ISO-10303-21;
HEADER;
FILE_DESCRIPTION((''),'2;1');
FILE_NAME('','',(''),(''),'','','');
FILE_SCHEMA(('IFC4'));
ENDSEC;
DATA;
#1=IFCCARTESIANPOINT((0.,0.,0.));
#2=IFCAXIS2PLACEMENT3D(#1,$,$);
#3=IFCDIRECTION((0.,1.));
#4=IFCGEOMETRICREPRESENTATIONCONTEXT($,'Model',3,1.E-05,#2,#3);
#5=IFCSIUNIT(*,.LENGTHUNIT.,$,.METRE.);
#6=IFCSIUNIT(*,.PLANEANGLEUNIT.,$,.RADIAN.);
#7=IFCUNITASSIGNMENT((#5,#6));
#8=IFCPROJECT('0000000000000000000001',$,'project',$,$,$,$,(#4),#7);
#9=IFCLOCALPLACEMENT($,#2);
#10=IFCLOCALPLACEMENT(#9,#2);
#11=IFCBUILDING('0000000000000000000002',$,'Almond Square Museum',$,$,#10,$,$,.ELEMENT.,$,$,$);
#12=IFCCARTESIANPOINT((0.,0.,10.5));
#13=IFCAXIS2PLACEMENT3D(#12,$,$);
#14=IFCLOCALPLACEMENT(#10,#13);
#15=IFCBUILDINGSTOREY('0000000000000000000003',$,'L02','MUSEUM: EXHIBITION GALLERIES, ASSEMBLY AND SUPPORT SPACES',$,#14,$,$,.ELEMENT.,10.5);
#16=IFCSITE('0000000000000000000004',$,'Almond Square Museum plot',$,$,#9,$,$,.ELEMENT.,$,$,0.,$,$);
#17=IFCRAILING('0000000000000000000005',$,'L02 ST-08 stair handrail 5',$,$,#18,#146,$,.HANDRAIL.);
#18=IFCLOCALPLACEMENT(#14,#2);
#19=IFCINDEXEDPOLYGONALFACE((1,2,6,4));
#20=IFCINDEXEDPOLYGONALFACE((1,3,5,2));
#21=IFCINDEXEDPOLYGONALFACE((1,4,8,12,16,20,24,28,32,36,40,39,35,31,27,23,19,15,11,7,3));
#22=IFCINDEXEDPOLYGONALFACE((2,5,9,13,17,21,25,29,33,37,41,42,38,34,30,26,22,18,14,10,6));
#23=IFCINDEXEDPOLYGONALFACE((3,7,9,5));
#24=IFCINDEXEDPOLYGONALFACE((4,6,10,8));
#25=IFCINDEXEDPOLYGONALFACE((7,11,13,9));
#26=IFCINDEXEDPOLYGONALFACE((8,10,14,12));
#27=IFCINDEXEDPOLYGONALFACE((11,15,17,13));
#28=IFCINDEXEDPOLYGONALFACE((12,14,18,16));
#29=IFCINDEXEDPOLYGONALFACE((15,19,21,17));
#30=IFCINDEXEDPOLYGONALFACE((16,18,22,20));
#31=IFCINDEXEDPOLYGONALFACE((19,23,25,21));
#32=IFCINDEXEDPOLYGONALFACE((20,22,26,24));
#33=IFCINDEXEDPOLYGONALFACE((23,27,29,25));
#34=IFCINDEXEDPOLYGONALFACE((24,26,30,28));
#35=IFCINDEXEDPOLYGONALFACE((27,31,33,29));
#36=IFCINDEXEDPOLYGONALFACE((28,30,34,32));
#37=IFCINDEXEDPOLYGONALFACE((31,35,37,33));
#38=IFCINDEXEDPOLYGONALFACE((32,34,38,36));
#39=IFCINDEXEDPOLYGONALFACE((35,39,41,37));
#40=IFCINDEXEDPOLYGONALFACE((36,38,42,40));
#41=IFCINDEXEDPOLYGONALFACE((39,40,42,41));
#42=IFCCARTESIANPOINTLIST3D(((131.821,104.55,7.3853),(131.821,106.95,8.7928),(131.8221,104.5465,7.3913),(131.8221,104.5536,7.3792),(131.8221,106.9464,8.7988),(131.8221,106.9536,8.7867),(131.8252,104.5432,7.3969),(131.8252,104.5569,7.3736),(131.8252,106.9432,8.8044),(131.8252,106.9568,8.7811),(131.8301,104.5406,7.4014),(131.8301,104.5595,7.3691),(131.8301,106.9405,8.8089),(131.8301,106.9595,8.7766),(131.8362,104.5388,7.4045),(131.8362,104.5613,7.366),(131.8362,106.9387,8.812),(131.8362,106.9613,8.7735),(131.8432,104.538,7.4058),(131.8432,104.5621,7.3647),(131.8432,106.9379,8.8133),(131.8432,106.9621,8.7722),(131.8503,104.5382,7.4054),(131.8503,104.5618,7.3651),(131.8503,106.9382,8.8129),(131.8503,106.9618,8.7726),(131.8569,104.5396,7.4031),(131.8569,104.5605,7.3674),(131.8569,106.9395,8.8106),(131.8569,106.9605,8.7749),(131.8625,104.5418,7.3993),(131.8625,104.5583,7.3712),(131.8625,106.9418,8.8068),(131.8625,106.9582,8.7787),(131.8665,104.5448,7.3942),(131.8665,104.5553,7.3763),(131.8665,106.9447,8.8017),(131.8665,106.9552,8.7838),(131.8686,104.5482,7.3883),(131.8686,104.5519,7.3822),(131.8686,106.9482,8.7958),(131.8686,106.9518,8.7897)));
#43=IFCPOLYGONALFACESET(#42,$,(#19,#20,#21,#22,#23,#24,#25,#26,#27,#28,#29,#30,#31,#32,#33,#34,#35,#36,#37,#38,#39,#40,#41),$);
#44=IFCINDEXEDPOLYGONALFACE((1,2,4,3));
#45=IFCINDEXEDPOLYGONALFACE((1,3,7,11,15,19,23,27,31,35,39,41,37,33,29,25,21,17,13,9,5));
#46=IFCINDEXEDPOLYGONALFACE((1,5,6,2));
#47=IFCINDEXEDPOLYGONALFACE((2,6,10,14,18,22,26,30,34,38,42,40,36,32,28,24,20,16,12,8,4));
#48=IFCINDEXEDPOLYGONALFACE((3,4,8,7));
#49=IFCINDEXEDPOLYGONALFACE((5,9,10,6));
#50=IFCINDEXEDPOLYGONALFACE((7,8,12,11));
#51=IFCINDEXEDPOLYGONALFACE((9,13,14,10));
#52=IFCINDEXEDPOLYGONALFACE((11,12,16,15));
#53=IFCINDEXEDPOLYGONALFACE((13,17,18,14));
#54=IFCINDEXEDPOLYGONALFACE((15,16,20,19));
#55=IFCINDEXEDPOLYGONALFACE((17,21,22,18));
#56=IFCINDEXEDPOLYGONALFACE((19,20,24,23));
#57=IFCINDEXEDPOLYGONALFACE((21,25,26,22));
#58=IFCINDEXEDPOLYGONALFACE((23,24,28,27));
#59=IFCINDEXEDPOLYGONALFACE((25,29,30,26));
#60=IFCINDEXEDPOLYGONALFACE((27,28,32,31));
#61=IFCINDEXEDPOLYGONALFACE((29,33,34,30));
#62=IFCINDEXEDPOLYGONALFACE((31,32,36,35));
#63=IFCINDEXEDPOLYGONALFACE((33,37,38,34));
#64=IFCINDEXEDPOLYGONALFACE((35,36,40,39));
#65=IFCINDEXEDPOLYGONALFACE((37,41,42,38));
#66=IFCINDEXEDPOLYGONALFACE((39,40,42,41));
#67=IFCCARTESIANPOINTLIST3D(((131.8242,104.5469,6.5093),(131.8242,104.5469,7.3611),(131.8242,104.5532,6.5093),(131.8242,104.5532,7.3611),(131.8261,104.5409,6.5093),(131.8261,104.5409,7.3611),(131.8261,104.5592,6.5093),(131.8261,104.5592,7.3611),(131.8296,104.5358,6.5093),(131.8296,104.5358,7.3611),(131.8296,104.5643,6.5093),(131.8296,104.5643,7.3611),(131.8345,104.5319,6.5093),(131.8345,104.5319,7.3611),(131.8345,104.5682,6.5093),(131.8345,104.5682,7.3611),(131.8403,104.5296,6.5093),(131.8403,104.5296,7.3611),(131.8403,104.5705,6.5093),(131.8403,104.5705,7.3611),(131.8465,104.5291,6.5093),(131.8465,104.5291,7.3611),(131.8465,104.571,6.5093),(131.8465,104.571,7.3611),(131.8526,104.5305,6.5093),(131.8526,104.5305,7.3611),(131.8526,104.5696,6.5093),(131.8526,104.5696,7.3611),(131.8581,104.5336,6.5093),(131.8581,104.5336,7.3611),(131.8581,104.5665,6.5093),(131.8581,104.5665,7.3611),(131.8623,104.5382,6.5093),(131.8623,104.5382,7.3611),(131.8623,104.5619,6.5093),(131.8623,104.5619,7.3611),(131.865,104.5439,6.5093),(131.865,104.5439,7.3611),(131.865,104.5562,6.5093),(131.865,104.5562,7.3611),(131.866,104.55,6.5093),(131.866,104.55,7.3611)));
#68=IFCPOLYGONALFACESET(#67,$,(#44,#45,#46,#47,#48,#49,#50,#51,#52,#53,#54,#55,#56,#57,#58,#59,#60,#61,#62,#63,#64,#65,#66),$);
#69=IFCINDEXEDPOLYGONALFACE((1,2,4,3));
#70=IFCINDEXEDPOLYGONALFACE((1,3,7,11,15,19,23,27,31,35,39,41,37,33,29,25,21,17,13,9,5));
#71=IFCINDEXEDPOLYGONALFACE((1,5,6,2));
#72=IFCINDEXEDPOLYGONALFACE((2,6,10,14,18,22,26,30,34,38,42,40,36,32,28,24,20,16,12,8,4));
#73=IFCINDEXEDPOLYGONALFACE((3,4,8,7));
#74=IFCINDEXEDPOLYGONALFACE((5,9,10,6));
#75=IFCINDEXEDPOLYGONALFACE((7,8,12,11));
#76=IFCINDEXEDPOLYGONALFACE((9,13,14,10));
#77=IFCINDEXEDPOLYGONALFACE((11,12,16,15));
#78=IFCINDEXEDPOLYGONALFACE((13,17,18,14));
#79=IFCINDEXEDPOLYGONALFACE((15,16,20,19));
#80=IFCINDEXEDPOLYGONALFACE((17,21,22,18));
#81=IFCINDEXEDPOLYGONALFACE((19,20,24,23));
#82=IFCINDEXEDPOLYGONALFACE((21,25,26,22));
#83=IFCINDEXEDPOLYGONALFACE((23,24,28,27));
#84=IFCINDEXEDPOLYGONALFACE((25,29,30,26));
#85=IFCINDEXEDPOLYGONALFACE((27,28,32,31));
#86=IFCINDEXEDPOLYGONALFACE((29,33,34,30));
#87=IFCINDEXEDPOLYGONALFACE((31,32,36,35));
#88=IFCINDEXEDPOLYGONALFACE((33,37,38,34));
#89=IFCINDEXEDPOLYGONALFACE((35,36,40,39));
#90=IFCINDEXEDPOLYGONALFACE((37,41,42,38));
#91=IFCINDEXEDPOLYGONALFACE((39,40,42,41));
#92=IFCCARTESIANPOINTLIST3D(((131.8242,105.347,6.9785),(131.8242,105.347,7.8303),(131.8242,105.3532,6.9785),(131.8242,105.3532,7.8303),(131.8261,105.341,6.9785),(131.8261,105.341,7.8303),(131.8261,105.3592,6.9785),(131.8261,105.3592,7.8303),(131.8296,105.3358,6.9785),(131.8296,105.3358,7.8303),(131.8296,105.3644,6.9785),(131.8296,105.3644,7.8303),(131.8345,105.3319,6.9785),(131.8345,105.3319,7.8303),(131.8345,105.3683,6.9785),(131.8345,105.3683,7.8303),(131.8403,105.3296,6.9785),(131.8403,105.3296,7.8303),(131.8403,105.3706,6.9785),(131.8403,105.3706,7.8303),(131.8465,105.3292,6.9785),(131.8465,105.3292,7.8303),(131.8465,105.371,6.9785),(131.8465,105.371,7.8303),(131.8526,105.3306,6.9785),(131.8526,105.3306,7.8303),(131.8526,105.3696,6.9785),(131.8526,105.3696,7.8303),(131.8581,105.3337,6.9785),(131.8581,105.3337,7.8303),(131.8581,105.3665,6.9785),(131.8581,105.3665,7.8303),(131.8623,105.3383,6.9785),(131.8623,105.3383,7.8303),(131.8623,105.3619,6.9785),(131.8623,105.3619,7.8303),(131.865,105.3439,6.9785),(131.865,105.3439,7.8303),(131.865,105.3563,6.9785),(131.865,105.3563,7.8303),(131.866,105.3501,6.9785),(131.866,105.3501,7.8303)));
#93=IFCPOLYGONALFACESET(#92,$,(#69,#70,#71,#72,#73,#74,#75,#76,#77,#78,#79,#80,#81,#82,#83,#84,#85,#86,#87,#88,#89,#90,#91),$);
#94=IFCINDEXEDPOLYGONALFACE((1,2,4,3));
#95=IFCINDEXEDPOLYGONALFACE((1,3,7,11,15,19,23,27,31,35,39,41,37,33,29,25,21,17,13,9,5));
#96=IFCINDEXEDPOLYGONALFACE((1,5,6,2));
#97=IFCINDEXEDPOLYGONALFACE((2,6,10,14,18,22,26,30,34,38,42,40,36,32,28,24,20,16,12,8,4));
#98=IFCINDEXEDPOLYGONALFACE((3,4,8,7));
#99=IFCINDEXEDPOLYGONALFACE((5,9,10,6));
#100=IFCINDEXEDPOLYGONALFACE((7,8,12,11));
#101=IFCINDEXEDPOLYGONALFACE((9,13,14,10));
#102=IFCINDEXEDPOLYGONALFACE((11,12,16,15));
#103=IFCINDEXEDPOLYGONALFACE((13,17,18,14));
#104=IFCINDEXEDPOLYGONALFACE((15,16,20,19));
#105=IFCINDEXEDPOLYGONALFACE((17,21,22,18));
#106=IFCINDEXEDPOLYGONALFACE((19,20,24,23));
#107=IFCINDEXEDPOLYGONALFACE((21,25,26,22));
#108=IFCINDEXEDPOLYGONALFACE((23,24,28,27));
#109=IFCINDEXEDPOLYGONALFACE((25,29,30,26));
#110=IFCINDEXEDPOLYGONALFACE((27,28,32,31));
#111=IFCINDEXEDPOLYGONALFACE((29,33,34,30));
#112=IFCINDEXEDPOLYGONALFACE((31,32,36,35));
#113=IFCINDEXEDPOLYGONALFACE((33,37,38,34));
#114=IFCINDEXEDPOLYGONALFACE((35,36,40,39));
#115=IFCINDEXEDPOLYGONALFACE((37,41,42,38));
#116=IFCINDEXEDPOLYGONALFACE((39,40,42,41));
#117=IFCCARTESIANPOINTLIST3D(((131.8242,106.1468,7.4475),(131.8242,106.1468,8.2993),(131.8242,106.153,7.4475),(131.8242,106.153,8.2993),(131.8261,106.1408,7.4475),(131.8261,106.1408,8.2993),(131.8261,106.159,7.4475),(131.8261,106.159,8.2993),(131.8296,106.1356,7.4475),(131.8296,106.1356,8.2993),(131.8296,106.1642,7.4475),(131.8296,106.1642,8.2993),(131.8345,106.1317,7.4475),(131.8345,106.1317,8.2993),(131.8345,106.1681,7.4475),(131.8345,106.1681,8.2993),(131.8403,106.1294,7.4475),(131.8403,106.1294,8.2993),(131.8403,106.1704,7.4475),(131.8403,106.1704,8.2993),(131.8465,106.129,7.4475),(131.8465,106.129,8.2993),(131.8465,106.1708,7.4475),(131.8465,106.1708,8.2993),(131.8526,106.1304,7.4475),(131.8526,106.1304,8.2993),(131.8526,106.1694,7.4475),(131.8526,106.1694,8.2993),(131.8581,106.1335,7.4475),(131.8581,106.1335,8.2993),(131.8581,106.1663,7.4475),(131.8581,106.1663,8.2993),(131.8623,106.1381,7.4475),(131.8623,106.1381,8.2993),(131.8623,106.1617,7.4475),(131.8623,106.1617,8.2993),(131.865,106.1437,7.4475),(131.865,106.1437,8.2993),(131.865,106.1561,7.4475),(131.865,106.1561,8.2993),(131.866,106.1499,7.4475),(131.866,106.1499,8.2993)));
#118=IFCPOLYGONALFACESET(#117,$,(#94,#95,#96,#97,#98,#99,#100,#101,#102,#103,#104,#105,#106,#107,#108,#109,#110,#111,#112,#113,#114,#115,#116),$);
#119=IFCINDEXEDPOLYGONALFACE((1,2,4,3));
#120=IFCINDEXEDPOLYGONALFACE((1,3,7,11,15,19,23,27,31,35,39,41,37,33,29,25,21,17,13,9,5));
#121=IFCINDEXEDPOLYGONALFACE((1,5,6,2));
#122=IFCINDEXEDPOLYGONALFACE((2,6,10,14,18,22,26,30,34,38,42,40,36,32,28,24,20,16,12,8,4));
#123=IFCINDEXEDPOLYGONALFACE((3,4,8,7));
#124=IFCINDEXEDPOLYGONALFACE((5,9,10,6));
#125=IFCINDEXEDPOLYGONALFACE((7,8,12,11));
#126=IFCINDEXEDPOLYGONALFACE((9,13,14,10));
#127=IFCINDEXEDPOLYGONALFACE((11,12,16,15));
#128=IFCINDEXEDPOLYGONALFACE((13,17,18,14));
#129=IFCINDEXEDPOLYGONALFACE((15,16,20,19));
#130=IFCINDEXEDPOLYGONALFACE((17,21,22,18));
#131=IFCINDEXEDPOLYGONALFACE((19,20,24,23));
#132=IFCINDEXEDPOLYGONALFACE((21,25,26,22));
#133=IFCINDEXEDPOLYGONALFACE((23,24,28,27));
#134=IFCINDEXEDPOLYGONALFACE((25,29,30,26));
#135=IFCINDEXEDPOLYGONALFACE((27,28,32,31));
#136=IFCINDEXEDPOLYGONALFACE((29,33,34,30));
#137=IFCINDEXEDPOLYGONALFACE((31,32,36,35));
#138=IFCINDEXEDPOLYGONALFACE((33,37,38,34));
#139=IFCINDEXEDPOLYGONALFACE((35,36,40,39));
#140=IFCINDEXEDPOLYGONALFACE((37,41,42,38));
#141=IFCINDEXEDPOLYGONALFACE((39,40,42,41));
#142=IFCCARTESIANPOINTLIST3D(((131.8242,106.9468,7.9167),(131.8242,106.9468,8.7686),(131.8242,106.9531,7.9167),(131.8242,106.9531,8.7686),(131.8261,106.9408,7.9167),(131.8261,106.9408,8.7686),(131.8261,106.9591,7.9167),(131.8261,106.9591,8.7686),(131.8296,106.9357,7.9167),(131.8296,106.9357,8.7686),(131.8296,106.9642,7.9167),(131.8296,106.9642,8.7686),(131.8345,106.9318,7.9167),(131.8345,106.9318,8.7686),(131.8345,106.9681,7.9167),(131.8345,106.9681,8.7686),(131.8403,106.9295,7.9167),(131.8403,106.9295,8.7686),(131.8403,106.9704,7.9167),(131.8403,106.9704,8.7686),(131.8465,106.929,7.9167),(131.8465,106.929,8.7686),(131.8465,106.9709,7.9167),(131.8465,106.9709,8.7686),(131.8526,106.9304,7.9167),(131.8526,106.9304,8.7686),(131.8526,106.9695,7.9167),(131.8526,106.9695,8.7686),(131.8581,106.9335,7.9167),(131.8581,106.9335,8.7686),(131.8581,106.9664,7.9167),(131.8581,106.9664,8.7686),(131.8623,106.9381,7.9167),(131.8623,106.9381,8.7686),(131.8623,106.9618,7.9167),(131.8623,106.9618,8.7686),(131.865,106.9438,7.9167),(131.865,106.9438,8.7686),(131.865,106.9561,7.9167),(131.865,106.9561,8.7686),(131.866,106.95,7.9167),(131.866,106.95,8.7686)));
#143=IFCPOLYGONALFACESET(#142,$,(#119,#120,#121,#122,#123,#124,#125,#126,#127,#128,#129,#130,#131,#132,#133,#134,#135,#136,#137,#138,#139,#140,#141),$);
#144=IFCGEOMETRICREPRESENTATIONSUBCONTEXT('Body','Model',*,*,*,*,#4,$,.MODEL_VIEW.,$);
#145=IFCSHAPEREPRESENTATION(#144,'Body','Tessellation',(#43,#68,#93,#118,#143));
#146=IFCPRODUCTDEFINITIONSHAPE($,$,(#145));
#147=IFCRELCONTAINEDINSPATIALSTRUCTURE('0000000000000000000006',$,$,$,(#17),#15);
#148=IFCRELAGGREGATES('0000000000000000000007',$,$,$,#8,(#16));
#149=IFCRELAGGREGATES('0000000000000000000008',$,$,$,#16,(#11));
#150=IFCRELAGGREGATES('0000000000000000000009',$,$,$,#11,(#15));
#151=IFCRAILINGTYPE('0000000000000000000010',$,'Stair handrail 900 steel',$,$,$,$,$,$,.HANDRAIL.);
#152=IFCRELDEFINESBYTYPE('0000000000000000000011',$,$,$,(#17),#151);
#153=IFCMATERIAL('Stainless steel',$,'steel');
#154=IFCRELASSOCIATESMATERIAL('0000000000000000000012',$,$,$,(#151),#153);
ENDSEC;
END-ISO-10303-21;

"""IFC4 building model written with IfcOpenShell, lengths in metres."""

from ifc_helpers import new_model, si_unit, direction, frame, origin, origin_2d, place, context, subcontext, project, spatial, circle, extrude, material, type_object, element, save


model = new_model("IFC4")

# Units and contexts
model_context = context("Model", 3, precision=1e-05, world=origin(), true_north=direction((0.0, 1.0)))
body_context = subcontext(model_context, "Body", "Model", "MODEL_VIEW")
ifc_project = project(units=[si_unit("LENGTHUNIT", "METRE"), si_unit("PLANEANGLEUNIT", "RADIAN")], contexts=[model_context])

# Site, building, storey
site_placement = place(None, origin())
site = spatial("IfcSite", under=ifc_project, at=site_placement, Name="Almond Square Museum plot", CompositionType="ELEMENT", RefElevation=0.0)
building_placement = place(site_placement, origin())
building = spatial("IfcBuilding", under=site, at=building_placement, Name="Almond Square Museum", CompositionType="ELEMENT")
storey_placement = place(building_placement, frame((0.0, 0.0, 10.5)))
storey = spatial("IfcBuildingStorey", under=building, at=storey_placement, Name="L02", Description="MUSEUM: EXHIBITION GALLERIES, ASSEMBLY AND SUPPORT SPACES", CompositionType="ELEMENT", Elevation=10.5)

# Railing
ifc_material_1 = material(Name="Stainless steel", Category="steel")
railing_type_1 = type_object("IfcRailingType", Name="Stair handrail 900 steel", PredefinedType="HANDRAIL", material=ifc_material_1)
railing_1_placement = place(storey_placement, frame((131.845, 104.55, 6.5093)))
element("IfcRailing", 1, at=railing_1_placement, inside=storey, type_object=railing_type_1, Name="L02 ST-08 stair handrail 5", PredefinedType="HANDRAIL", context=body_context, shape_type="SweptSolid", body=[
    extrude(circle(Radius=0.0239, at=origin_2d()), frame((0.0, 0.0, 0.876), z_axis=(0.0, 0.862599, 0.505888), x_axis=(-1.0, 0.0, 0.0)), (0.0, 0.0, 1.0), 2.7822),
    extrude(circle(Radius=0.021, at=origin_2d()), origin(), (0.0, 0.0, 1.0), 0.8518),
    extrude(circle(Radius=0.021, at=origin_2d()), frame((0.0, 0.8, 0.4692)), (0.0, 0.0, 1.0), 0.8518),
    extrude(circle(Radius=0.021, at=origin_2d()), frame((0.0, 1.5999, 0.9382)), (0.0, 0.0, 1.0), 0.8518),
    extrude(circle(Radius=0.021, at=origin_2d()), frame((0.0, 2.3999, 1.4075)), (0.0, 0.0, 1.0), 0.8518),
])

save(model, "model.ifc")
